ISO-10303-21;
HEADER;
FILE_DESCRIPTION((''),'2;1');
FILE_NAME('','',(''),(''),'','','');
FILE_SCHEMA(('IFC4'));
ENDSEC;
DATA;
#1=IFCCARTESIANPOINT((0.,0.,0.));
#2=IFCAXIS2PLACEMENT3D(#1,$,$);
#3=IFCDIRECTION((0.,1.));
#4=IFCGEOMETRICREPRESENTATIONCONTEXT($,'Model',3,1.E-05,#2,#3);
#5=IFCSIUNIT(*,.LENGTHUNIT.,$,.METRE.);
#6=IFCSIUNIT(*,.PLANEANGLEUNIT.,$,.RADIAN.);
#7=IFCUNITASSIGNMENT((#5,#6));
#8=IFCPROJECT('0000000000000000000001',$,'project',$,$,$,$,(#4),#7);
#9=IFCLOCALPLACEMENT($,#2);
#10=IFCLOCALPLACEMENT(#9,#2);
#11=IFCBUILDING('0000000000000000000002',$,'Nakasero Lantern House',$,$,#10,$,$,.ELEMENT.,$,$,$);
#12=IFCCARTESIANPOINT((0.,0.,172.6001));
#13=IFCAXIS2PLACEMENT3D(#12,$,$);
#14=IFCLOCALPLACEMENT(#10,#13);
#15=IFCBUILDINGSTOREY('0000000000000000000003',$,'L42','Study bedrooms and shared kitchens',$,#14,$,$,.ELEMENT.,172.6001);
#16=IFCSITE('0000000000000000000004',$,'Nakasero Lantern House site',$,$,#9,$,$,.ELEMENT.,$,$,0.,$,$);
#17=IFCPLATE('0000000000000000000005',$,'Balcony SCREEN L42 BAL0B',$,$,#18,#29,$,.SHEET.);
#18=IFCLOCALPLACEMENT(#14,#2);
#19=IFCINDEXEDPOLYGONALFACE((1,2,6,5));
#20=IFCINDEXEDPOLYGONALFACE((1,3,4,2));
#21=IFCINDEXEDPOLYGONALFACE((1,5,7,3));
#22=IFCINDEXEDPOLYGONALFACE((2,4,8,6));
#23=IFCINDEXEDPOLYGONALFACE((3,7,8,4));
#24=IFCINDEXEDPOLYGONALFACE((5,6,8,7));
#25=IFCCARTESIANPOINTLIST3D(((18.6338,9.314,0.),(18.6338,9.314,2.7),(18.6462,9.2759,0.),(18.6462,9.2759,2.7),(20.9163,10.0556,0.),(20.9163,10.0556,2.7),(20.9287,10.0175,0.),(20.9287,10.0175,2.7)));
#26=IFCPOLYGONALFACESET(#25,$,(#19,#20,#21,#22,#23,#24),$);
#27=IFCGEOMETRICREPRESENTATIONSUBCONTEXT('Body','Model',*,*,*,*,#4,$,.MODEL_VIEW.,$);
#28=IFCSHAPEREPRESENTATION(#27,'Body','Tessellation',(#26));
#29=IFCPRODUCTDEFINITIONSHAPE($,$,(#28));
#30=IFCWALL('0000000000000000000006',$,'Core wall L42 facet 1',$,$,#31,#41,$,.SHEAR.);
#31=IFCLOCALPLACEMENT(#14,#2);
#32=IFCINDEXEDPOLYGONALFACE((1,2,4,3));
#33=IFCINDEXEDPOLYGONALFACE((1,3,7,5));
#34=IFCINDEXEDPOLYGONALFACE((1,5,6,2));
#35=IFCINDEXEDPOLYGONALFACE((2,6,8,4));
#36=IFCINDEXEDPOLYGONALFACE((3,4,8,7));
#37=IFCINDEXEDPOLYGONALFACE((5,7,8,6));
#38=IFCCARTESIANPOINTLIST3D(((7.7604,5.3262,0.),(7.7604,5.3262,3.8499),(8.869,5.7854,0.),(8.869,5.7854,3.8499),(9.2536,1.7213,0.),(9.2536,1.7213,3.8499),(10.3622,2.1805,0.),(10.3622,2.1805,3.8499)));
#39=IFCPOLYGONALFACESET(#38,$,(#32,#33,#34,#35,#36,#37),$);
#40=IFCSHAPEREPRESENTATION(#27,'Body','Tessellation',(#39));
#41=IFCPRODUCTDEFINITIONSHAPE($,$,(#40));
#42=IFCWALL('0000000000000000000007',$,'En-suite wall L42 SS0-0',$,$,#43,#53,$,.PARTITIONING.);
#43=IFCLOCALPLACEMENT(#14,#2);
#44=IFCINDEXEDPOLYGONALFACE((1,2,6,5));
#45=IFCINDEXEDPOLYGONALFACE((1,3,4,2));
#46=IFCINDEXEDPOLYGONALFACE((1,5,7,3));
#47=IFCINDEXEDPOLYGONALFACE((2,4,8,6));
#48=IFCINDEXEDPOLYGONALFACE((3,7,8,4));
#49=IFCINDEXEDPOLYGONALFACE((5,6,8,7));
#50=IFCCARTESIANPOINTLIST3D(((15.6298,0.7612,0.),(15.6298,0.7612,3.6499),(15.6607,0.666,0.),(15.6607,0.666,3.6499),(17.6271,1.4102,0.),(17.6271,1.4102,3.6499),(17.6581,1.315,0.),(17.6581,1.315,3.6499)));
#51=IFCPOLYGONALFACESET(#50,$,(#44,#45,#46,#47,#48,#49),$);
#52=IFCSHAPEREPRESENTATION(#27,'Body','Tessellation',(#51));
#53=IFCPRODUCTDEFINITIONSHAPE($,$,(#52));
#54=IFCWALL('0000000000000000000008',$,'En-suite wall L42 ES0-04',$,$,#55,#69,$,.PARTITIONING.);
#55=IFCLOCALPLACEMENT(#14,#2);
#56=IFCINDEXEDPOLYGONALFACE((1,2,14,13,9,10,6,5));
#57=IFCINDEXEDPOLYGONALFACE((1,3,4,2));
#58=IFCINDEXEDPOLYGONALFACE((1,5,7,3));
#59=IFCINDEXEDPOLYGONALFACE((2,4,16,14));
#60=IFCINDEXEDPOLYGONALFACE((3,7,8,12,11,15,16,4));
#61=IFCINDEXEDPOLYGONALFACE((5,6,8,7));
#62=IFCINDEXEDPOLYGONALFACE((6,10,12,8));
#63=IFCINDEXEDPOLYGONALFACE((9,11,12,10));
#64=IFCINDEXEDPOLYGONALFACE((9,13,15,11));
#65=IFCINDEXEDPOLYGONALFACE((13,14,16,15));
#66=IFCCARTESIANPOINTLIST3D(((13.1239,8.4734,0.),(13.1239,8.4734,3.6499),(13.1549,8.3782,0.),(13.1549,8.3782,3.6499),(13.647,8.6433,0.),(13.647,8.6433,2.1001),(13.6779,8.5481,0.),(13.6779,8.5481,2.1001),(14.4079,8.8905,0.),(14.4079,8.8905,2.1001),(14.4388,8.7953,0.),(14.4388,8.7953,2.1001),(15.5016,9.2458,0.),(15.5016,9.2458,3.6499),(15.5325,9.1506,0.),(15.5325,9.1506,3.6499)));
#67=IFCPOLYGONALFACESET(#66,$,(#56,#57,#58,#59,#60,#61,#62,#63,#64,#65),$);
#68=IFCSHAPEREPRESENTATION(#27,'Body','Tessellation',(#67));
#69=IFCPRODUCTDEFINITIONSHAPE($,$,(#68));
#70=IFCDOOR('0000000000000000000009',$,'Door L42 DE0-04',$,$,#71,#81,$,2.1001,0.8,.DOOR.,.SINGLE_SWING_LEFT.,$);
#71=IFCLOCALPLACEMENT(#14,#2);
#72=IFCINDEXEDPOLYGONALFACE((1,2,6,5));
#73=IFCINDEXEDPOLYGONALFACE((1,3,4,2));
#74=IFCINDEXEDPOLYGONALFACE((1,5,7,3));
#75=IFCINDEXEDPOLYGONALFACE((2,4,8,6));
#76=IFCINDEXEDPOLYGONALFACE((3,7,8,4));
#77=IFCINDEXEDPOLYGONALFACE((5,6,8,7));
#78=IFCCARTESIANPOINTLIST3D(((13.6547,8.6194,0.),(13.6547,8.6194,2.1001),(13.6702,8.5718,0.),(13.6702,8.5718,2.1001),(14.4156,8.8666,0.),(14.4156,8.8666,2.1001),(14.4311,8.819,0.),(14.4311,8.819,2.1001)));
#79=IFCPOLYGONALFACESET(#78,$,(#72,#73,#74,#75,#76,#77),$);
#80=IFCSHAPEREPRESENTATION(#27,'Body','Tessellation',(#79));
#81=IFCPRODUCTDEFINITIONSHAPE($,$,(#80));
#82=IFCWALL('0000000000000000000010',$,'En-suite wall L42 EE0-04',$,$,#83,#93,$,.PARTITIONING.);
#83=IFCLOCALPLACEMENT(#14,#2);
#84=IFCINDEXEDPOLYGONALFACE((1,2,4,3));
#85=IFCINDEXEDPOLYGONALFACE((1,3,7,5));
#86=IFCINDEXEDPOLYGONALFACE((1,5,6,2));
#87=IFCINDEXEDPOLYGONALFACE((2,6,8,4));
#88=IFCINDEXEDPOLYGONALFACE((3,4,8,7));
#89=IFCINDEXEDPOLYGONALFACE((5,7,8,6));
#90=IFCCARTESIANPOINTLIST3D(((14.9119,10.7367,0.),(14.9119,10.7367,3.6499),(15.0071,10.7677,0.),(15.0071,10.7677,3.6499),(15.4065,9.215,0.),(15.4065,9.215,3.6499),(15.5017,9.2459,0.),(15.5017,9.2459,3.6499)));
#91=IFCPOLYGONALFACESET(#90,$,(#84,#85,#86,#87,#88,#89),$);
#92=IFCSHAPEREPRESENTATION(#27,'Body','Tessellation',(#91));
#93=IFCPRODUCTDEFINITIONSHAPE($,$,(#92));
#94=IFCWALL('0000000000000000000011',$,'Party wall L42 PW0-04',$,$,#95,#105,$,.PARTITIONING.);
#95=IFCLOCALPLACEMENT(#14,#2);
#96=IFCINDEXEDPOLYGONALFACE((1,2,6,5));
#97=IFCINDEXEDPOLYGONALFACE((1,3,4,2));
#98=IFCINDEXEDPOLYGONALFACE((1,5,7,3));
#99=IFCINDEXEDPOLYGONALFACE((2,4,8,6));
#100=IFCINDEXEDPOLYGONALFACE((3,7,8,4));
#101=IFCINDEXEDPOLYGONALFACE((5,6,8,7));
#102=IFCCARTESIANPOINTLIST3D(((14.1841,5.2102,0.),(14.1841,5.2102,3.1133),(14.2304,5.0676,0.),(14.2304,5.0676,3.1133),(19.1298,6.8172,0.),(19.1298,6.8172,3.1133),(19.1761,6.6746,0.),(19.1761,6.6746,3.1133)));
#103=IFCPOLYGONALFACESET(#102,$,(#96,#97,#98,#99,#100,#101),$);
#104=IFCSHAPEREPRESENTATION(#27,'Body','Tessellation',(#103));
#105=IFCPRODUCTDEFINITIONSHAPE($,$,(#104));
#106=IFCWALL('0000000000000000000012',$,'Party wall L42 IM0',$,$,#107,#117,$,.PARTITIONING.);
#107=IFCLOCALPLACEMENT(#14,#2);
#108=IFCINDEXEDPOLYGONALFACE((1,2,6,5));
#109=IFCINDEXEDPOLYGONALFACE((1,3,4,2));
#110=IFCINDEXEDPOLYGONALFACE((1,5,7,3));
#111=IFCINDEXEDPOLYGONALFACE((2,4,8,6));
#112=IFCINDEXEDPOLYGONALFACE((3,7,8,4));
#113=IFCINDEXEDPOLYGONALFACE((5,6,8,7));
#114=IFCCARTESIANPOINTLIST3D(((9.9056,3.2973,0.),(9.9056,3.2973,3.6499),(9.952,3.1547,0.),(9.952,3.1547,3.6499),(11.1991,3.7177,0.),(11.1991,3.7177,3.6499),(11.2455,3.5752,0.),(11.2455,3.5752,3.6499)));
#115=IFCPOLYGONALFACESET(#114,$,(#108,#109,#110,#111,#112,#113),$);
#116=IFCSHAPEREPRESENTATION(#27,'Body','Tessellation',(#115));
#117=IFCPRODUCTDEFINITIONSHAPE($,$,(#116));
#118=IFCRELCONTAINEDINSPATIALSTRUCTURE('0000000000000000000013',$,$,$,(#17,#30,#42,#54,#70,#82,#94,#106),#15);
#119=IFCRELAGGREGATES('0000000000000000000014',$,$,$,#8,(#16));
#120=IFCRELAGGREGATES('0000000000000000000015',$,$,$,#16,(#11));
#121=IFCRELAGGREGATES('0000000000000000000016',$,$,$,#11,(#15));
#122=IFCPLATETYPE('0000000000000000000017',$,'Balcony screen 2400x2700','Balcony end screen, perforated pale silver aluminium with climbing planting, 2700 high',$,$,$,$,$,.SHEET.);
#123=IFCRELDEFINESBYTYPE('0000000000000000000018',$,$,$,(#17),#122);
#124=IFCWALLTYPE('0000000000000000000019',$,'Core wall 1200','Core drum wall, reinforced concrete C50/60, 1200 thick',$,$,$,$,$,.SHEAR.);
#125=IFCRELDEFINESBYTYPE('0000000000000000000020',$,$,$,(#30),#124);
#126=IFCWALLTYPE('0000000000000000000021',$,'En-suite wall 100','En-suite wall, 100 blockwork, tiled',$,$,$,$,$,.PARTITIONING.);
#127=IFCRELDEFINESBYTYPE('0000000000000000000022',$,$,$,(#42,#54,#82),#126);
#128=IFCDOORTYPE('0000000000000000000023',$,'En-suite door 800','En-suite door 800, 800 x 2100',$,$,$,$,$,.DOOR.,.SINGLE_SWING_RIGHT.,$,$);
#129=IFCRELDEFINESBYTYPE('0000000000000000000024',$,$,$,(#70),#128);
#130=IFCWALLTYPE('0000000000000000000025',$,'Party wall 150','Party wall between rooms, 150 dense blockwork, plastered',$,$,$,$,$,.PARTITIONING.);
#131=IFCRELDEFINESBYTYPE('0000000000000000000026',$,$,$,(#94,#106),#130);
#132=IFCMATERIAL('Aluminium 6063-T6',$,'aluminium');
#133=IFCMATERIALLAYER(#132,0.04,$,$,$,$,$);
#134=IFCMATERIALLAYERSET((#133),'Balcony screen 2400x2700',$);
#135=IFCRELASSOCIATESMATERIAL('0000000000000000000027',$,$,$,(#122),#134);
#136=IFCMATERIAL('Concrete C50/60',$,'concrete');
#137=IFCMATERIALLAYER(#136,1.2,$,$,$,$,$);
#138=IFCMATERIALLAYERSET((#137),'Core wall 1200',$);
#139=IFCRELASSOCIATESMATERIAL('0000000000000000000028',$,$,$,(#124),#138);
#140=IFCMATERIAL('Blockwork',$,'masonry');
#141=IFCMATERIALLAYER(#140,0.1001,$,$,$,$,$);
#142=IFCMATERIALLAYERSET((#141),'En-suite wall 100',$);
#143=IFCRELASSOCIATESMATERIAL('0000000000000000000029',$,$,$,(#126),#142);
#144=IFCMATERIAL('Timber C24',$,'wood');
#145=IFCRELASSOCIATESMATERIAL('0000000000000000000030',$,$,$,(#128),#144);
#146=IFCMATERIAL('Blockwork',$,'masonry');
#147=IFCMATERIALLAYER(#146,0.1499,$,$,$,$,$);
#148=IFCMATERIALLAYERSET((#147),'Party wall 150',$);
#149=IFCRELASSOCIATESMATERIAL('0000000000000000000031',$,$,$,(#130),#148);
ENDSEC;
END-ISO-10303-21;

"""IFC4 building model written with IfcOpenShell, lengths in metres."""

from ifc_helpers import new_model, si_unit, direction, frame, frame_2d, origin, origin_2d, place, context, subcontext, project, spatial, rectangle, extrude, material, layer, layer_set, type_object, element, fill, save


model = new_model("IFC4")

# Units and contexts
model_context = context("Model", 3, precision=1e-05, world=origin(), true_north=direction((0.0, 1.0)))
body_context = subcontext(model_context, "Body", "Model", "MODEL_VIEW")
ifc_project = project(units=[si_unit("LENGTHUNIT", "METRE"), si_unit("PLANEANGLEUNIT", "RADIAN")], contexts=[model_context])

# Site, building, storey
site_placement = place(None, origin())
site = spatial("IfcSite", under=ifc_project, at=site_placement, Name="Nakasero Lantern House site", CompositionType="ELEMENT", RefElevation=0.0)
building_placement = place(site_placement, origin())
building = spatial("IfcBuilding", under=site, at=building_placement, Name="Nakasero Lantern House", CompositionType="ELEMENT")
storey_placement = place(building_placement, frame((0.0, 0.0, 172.6001)))
storey = spatial("IfcBuildingStorey", under=building, at=storey_placement, Name="L42", Description="Study bedrooms and shared kitchens", CompositionType="ELEMENT", Elevation=172.6001)

# Plate
ifc_material_1 = material(Name="Aluminium 6063-T6", Category="aluminium")
ifc_layer_1 = layer(ifc_material_1, 0.04)
ifc_layer_set_1 = layer_set([ifc_layer_1], Name="Balcony screen 2400x2700")
plate_type_1 = type_object("IfcPlateType", Name="Balcony screen 2400x2700", Description="Balcony end screen, perforated pale silver aluminium with climbing planting, 2700 high", PredefinedType="SHEET", material=ifc_layer_set_1)
for number, where, z_axis, x_axis, name in (
    (1, (19.7812, 9.6658, 0.0), (0.0, 0.0, 1.0), (0.951057, 0.309017, 0.0), "Balcony SCREEN L42 BAL0B"),
):
    element("IfcPlate", number, at=place(storey_placement, frame(where, z_axis=z_axis, x_axis=x_axis)), inside=storey, type_object=plate_type_1, Name=name, PredefinedType="SHEET", context=body_context, shape_type="SweptSolid", body=[
        extrude(rectangle(XDim=2.3999, YDim=0.04, at=origin_2d()), origin(), (0.0, 0.0, 1.0), 2.7),
    ])

# Walls
ifc_material_2 = material(Name="Concrete C50/60", Category="concrete")
ifc_layer_2 = layer(ifc_material_2, 1.2)
ifc_layer_set_2 = layer_set([ifc_layer_2], Name="Core wall 1200")
wall_type_1 = type_object("IfcWallType", Name="Core wall 1200", Description="Core drum wall, reinforced concrete C50/60, 1200 thick", PredefinedType="SHEAR", material=ifc_layer_set_2)
wall_1_placement = place(storey_placement, frame((9.8079, 1.9509, 0.0), z_axis=(0.0, 0.0, 1.0), x_axis=(-0.382691, 0.923877, 0.0)))
element("IfcWall", 2, at=wall_1_placement, inside=storey, type_object=wall_type_1, Name="Core wall L42 facet 1", PredefinedType="SHEAR", context=body_context, shape_type="SweptSolid", body=[
    extrude(rectangle(XDim=3.9019, YDim=1.2, at=frame_2d((1.9509, 0.0))), origin(), (0.0, 0.0, 1.0), 3.8499),
])
ifc_material_3 = material(Name="Blockwork", Category="masonry")
ifc_layer_3 = layer(ifc_material_3, 0.1001)
ifc_layer_set_3 = layer_set([ifc_layer_3], Name="En-suite wall 100")
wall_type_2 = type_object("IfcWallType", Name="En-suite wall 100", Description="En-suite wall, 100 blockwork, tiled", PredefinedType="PARTITIONING", material=ifc_layer_set_3)
wall_2_placement = place(storey_placement, frame((15.6453, 0.7136, 0.0), z_axis=(0.0, 0.0, 1.0), x_axis=(0.951062, 0.308999, 0.0)))
element("IfcWall", 3, at=wall_2_placement, inside=storey, type_object=wall_type_2, Name="En-suite wall L42 SS0-0", PredefinedType="PARTITIONING", context=body_context, shape_type="SweptSolid", body=[
    extrude(rectangle(XDim=2.1001, YDim=0.1001, at=frame_2d((1.05, 0.0))), origin(), (0.0, 0.0, 1.0), 3.6499),
])

# Wall, opening, door
wall_3_placement = place(storey_placement, frame((13.1394, 8.4258, 0.0), z_axis=(0.0, 0.0, 1.0), x_axis=(0.951068, 0.308982, 0.0)))
wall_3 = element("IfcWall", 4, at=wall_3_placement, inside=storey, type_object=wall_type_2, Name="En-suite wall L42 ES0-04", PredefinedType="PARTITIONING", context=body_context, shape_type="SweptSolid", body=[
    extrude(rectangle(XDim=2.5, YDim=0.1001, at=frame_2d((1.25, 0.0))), origin(), (0.0, 0.0, 1.0), 3.6499),
])
opening_placement = place(wall_3_placement, frame((0.55, 0.0, 0.0)))
opening = element("IfcOpeningElement", 5, at=opening_placement, cuts=wall_3, PredefinedType="OPENING", context=body_context, shape_type="SweptSolid", body=[
    extrude(rectangle(XDim=0.8, YDim=2.1001, at=frame_2d((0.3999, 1.05))), frame((0.0, 0.0701, 0.0), z_axis=(0.0, -1.0, 0.0), x_axis=(1.0, 0.0, 0.0)), (0.0, 0.0, 1.0), 0.1401),
])
ifc_material_4 = material(Name="Timber C24", Category="wood")
door_type = type_object("IfcDoorType", Name="En-suite door 800", Description="En-suite door 800, 800 x 2100", OperationType="SINGLE_SWING_RIGHT", PredefinedType="DOOR", material=ifc_material_4)
door_placement = place(opening_placement, origin())
door = element("IfcDoor", 6, at=door_placement, inside=storey, type_object=door_type, Name="Door L42 DE0-04", OperationType="SINGLE_SWING_LEFT", OverallHeight=2.1001, OverallWidth=0.8, PredefinedType="DOOR", context=body_context, shape_type="SweptSolid", body=[
    extrude(rectangle(XDim=0.8, YDim=2.1001, at=frame_2d((0.3999, 1.05))), frame((0.0, 0.0249, 0.0), z_axis=(0.0, -1.0, 0.0), x_axis=(1.0, 0.0, 0.0)), (0.0, 0.0, 1.0), 0.05),
])
fill(opening, door)

# Walls
wall_4_placement = place(storey_placement, frame((15.4541, 9.2305, 0.0), z_axis=(0.0, 0.0, 1.0), x_axis=(-0.309124, 0.951022, 0.0)))
element("IfcWall", 7, at=wall_4_placement, inside=storey, type_object=wall_type_2, Name="En-suite wall L42 EE0-04", PredefinedType="PARTITIONING", context=body_context, shape_type="SweptSolid", body=[
    extrude(rectangle(XDim=1.6001, YDim=0.1001, at=frame_2d((0.8, 0.0))), origin(), (0.0, 0.0, 1.0), 3.6499),
])
ifc_material_5 = material(Name="Blockwork", Category="masonry")
ifc_layer_4 = layer(ifc_material_5, 0.1499)
ifc_layer_set_4 = layer_set([ifc_layer_4], Name="Party wall 150")
wall_type_3 = type_object("IfcWallType", Name="Party wall 150", Description="Party wall between rooms, 150 dense blockwork, plastered", PredefinedType="PARTITIONING", material=ifc_layer_set_4)
wall_5_placement = place(storey_placement, frame((14.2073, 5.1389, 0.0), z_axis=(0.0, 0.0, 1.0), x_axis=(0.951055, 0.309021, 0.0)))
element("IfcWall", 8, at=wall_5_placement, inside=storey, type_object=wall_type_3, Name="Party wall L42 PW0-04", PredefinedType="PARTITIONING", context=body_context, shape_type="SweptSolid", body=[
    extrude(rectangle(XDim=5.2002, YDim=0.1499, at=frame_2d((2.6001, 0.0))), origin(), (0.0, 0.0, 1.0), 3.1133),
])
wall_6_placement = place(storey_placement, frame((11.2224, 3.6465, 0.0), z_axis=(0.0, 0.0, 1.0), x_axis=(-0.951026, -0.30911, 0.0)))
element("IfcWall", 9, at=wall_6_placement, inside=storey, type_object=wall_type_3, Name="Party wall L42 IM0", PredefinedType="PARTITIONING", context=body_context, shape_type="SweptSolid", body=[
    extrude(rectangle(XDim=1.3601, YDim=0.1499, at=frame_2d((0.6802, 0.0))), origin(), (0.0, 0.0, 1.0), 3.6499),
])

save(model, "model.ifc")
